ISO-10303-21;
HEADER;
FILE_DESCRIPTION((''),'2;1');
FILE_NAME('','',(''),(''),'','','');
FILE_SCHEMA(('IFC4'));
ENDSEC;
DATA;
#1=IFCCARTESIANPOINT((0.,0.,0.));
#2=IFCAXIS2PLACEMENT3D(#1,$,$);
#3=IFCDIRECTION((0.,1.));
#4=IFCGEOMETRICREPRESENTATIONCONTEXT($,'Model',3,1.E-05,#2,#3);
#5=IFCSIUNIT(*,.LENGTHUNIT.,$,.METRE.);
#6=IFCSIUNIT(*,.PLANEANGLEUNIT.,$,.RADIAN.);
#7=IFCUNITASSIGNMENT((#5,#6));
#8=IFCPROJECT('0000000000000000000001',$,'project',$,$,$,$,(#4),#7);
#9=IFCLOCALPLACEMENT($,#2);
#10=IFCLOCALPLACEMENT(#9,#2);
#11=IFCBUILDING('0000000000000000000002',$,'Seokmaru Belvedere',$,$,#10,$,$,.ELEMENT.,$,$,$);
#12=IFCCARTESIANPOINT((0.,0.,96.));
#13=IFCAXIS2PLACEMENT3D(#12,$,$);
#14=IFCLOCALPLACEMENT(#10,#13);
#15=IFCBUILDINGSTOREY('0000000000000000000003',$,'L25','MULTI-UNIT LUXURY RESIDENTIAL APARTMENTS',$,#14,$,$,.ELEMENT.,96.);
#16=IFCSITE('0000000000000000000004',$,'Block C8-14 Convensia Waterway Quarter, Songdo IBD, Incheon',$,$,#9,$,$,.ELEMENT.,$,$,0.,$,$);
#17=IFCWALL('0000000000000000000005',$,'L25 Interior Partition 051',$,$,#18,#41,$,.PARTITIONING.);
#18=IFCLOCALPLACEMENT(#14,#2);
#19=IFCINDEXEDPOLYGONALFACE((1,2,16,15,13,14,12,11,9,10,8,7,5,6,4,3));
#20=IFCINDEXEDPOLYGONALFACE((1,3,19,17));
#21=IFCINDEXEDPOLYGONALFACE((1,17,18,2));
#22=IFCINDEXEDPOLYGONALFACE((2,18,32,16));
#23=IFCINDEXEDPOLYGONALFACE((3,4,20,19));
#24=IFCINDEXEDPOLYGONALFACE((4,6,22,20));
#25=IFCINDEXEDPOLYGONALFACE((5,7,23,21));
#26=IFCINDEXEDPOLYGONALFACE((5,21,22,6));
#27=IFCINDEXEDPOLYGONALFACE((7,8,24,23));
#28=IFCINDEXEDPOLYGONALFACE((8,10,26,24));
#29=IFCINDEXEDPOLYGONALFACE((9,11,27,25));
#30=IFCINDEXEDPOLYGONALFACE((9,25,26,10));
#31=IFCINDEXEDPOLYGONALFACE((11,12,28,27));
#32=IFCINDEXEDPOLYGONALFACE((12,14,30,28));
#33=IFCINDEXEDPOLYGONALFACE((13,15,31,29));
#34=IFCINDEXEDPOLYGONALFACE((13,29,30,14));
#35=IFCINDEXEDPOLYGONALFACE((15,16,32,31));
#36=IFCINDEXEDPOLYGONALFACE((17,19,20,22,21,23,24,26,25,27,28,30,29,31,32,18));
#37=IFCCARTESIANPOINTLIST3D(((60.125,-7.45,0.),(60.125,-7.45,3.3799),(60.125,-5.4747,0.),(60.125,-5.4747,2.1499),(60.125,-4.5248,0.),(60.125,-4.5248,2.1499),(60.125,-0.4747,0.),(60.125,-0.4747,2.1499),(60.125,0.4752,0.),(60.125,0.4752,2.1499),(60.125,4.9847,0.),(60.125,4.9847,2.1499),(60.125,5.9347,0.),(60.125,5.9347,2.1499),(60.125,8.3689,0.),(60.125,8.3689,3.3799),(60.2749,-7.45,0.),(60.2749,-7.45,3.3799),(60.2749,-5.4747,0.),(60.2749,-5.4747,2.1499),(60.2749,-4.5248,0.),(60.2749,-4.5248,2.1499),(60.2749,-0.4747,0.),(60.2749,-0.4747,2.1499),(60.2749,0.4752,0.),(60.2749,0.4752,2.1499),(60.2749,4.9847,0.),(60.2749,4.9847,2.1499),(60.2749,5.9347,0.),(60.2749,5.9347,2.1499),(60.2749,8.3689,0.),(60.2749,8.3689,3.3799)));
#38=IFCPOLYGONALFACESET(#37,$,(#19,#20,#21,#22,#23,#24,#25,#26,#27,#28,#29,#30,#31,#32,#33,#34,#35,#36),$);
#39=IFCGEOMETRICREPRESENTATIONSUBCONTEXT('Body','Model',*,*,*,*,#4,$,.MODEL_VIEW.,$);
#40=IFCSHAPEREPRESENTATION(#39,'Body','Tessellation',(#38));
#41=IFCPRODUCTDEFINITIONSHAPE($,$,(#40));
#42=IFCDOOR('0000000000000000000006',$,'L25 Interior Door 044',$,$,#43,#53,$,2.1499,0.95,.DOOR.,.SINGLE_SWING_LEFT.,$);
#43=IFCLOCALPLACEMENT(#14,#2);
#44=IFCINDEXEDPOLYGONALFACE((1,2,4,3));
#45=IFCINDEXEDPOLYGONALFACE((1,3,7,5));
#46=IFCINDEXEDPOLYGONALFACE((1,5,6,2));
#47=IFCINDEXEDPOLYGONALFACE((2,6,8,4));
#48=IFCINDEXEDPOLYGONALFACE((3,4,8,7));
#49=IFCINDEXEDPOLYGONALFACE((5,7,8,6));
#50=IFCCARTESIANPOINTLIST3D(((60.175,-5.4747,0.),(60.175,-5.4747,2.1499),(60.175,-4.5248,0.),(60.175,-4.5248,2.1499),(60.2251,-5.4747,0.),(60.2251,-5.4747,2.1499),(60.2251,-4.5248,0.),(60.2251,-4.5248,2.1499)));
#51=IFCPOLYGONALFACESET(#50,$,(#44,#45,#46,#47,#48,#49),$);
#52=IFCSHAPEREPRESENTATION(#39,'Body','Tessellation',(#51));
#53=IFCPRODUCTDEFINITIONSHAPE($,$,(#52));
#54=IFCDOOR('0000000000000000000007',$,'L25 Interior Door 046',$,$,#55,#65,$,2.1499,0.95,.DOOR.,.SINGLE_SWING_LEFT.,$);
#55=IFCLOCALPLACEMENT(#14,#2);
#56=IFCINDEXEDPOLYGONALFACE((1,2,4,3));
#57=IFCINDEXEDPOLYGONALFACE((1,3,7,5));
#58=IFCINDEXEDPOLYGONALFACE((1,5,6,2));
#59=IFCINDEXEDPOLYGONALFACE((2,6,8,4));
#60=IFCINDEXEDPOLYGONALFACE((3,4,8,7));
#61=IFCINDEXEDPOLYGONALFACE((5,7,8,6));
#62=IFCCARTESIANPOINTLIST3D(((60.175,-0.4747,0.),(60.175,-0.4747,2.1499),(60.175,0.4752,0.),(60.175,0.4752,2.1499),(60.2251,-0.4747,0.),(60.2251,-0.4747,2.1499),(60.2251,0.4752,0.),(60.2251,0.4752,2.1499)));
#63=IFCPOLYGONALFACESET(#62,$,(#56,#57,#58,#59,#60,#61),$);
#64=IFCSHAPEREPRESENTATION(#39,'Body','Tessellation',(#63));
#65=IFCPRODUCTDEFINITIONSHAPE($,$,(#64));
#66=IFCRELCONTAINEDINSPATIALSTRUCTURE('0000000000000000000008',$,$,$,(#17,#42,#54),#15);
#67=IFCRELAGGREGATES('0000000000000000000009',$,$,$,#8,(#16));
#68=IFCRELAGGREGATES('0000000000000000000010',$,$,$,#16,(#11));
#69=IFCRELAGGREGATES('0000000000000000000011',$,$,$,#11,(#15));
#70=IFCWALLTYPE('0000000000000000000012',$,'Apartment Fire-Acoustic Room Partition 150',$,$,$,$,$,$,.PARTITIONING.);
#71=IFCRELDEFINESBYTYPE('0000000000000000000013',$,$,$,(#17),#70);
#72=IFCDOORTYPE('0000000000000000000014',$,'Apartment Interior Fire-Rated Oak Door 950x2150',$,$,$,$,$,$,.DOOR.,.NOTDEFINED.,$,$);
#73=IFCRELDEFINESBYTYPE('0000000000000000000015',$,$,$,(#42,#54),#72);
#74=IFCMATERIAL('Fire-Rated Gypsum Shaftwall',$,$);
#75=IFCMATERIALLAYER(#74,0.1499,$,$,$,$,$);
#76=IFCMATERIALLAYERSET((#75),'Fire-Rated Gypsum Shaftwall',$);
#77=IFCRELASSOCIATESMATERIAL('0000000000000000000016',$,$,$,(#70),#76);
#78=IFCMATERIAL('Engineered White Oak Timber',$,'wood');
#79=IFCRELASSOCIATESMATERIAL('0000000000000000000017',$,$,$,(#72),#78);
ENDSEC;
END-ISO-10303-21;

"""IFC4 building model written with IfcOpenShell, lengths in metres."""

from ifc_helpers import new_model, si_unit, direction, frame, frame_2d, origin, place, context, subcontext, project, spatial, rectangle, extrude, source, transform, mapped, material, layer, layer_set, type_object, type_shapes, element, fill, save


model = new_model("IFC4")

# Units and contexts
model_context = context("Model", 3, precision=1e-05, world=origin(), true_north=direction((0.0, 1.0)))
body_context = subcontext(model_context, "Body", "Model", "MODEL_VIEW")
ifc_project = project(units=[si_unit("LENGTHUNIT", "METRE"), si_unit("PLANEANGLEUNIT", "RADIAN")], contexts=[model_context])

# Site, building, storey
site_placement = place(None, origin())
site = spatial("IfcSite", under=ifc_project, at=site_placement, Name="Block C8-14 Convensia Waterway Quarter, Songdo IBD, Incheon", CompositionType="ELEMENT", RefElevation=0.0)
building_placement = place(site_placement, origin())
building = spatial("IfcBuilding", under=site, at=building_placement, Name="Seokmaru Belvedere", CompositionType="ELEMENT")
storey_placement = place(building_placement, frame((0.0, 0.0, 96.0)))
storey = spatial("IfcBuildingStorey", under=building, at=storey_placement, Name="L25", Description="MULTI-UNIT LUXURY RESIDENTIAL APARTMENTS", CompositionType="ELEMENT", Elevation=96.0)

# Wall, openings, doors
ifc_material_1 = material(Name="Fire-Rated Gypsum Shaftwall")
ifc_layer_1 = layer(ifc_material_1, 0.1499)
ifc_layer_set_1 = layer_set([ifc_layer_1], Name="Fire-Rated Gypsum Shaftwall")
wall_type = type_object("IfcWallType", Name="Apartment Fire-Acoustic Room Partition 150", PredefinedType="PARTITIONING", material=ifc_layer_set_1)
ifc_material_2 = material(Name="Engineered White Oak Timber", Category="wood")
door_type = type_object("IfcDoorType", Name="Apartment Interior Fire-Rated Oak Door 950x2150", OperationType="NOTDEFINED", PredefinedType="DOOR", material=ifc_material_2)
shared_shape_1 = source(origin(), body_context, "Body", "SweptSolid", [
    extrude(rectangle(XDim=0.95, YDim=2.1499, at=frame_2d((0.4751, 1.075))), frame((0.0, 0.0249, 0.0), z_axis=(0.0, -1.0, 0.0), x_axis=(1.0, 0.0, 0.0)), (0.0, 0.0, 1.0), 0.05),
])
type_shapes(door_type, [shared_shape_1])
wall_1_placement = place(storey_placement, frame((60.2, -7.45, 0.0), z_axis=(0.0, 0.0, 1.0), x_axis=(0.0, 1.0, 0.0)))
wall_1 = element("IfcWall", 1, at=wall_1_placement, inside=storey, type_object=wall_type, Name="L25 Interior Partition 051", PredefinedType="PARTITIONING", context=body_context, shape_type="SweptSolid", body=[
    extrude(rectangle(XDim=15.8188, YDim=0.1499, at=frame_2d((7.9094, 0.0))), origin(), (0.0, 0.0, 1.0), 3.3799),
])
opening_1_placement = place(wall_1_placement, frame((1.9751, 0.0, 0.0)))
opening_1 = element("IfcOpeningElement", 2, at=opening_1_placement, cuts=wall_1, PredefinedType="OPENING", context=body_context, shape_type="SweptSolid", body=[
    extrude(rectangle(XDim=0.95, YDim=2.1499, at=frame_2d((0.4751, 1.075))), frame((0.0, 0.085, 0.0), z_axis=(0.0, -1.0, 0.0), x_axis=(1.0, 0.0, 0.0)), (0.0, 0.0, 1.0), 0.1699),
])
opening_2_placement = place(wall_1_placement, frame((6.9751, 0.0, 0.0)))
opening_2 = element("IfcOpeningElement", 3, at=opening_2_placement, cuts=wall_1, PredefinedType="OPENING", context=body_context, shape_type="SweptSolid", body=[
    extrude(rectangle(XDim=0.95, YDim=2.1499, at=frame_2d((0.4751, 1.075))), frame((0.0, 0.085, 0.0), z_axis=(0.0, -1.0, 0.0), x_axis=(1.0, 0.0, 0.0)), (0.0, 0.0, 1.0), 0.1699),
])
opening_3_placement = place(wall_1_placement, frame((12.4346, 0.0, 0.0)))
element("IfcOpeningElement", 4, at=opening_3_placement, cuts=wall_1, PredefinedType="OPENING", context=body_context, shape_type="SweptSolid", body=[
    extrude(rectangle(XDim=0.95, YDim=2.1499, at=frame_2d((0.4751, 1.075))), frame((0.0, 0.085, 0.0), z_axis=(0.0, -1.0, 0.0), x_axis=(1.0, 0.0, 0.0)), (0.0, 0.0, 1.0), 0.1699),
])
door_1_placement = place(opening_1_placement, origin())
door_1 = element("IfcDoor", 5, at=door_1_placement, inside=storey, type_object=door_type, Name="L25 Interior Door 044", OperationType="SINGLE_SWING_LEFT", OverallHeight=2.1499, OverallWidth=0.95, PredefinedType="DOOR", context=body_context, shape_type="MappedRepresentation", body=[
    mapped(shared_shape_1, transform((0.0, 0.0, 0.0), scale=1.0)),
])
fill(opening_1, door_1)
door_2_placement = place(opening_2_placement, origin())
door_2 = element("IfcDoor", 6, at=door_2_placement, inside=storey, type_object=door_type, Name="L25 Interior Door 046", OperationType="SINGLE_SWING_LEFT", OverallHeight=2.1499, OverallWidth=0.95, PredefinedType="DOOR", context=body_context, shape_type="MappedRepresentation", body=[
    mapped(shared_shape_1, transform((0.0, 0.0, 0.0), scale=1.0)),
])
fill(opening_2, door_2)

save(model, "model.ifc")
